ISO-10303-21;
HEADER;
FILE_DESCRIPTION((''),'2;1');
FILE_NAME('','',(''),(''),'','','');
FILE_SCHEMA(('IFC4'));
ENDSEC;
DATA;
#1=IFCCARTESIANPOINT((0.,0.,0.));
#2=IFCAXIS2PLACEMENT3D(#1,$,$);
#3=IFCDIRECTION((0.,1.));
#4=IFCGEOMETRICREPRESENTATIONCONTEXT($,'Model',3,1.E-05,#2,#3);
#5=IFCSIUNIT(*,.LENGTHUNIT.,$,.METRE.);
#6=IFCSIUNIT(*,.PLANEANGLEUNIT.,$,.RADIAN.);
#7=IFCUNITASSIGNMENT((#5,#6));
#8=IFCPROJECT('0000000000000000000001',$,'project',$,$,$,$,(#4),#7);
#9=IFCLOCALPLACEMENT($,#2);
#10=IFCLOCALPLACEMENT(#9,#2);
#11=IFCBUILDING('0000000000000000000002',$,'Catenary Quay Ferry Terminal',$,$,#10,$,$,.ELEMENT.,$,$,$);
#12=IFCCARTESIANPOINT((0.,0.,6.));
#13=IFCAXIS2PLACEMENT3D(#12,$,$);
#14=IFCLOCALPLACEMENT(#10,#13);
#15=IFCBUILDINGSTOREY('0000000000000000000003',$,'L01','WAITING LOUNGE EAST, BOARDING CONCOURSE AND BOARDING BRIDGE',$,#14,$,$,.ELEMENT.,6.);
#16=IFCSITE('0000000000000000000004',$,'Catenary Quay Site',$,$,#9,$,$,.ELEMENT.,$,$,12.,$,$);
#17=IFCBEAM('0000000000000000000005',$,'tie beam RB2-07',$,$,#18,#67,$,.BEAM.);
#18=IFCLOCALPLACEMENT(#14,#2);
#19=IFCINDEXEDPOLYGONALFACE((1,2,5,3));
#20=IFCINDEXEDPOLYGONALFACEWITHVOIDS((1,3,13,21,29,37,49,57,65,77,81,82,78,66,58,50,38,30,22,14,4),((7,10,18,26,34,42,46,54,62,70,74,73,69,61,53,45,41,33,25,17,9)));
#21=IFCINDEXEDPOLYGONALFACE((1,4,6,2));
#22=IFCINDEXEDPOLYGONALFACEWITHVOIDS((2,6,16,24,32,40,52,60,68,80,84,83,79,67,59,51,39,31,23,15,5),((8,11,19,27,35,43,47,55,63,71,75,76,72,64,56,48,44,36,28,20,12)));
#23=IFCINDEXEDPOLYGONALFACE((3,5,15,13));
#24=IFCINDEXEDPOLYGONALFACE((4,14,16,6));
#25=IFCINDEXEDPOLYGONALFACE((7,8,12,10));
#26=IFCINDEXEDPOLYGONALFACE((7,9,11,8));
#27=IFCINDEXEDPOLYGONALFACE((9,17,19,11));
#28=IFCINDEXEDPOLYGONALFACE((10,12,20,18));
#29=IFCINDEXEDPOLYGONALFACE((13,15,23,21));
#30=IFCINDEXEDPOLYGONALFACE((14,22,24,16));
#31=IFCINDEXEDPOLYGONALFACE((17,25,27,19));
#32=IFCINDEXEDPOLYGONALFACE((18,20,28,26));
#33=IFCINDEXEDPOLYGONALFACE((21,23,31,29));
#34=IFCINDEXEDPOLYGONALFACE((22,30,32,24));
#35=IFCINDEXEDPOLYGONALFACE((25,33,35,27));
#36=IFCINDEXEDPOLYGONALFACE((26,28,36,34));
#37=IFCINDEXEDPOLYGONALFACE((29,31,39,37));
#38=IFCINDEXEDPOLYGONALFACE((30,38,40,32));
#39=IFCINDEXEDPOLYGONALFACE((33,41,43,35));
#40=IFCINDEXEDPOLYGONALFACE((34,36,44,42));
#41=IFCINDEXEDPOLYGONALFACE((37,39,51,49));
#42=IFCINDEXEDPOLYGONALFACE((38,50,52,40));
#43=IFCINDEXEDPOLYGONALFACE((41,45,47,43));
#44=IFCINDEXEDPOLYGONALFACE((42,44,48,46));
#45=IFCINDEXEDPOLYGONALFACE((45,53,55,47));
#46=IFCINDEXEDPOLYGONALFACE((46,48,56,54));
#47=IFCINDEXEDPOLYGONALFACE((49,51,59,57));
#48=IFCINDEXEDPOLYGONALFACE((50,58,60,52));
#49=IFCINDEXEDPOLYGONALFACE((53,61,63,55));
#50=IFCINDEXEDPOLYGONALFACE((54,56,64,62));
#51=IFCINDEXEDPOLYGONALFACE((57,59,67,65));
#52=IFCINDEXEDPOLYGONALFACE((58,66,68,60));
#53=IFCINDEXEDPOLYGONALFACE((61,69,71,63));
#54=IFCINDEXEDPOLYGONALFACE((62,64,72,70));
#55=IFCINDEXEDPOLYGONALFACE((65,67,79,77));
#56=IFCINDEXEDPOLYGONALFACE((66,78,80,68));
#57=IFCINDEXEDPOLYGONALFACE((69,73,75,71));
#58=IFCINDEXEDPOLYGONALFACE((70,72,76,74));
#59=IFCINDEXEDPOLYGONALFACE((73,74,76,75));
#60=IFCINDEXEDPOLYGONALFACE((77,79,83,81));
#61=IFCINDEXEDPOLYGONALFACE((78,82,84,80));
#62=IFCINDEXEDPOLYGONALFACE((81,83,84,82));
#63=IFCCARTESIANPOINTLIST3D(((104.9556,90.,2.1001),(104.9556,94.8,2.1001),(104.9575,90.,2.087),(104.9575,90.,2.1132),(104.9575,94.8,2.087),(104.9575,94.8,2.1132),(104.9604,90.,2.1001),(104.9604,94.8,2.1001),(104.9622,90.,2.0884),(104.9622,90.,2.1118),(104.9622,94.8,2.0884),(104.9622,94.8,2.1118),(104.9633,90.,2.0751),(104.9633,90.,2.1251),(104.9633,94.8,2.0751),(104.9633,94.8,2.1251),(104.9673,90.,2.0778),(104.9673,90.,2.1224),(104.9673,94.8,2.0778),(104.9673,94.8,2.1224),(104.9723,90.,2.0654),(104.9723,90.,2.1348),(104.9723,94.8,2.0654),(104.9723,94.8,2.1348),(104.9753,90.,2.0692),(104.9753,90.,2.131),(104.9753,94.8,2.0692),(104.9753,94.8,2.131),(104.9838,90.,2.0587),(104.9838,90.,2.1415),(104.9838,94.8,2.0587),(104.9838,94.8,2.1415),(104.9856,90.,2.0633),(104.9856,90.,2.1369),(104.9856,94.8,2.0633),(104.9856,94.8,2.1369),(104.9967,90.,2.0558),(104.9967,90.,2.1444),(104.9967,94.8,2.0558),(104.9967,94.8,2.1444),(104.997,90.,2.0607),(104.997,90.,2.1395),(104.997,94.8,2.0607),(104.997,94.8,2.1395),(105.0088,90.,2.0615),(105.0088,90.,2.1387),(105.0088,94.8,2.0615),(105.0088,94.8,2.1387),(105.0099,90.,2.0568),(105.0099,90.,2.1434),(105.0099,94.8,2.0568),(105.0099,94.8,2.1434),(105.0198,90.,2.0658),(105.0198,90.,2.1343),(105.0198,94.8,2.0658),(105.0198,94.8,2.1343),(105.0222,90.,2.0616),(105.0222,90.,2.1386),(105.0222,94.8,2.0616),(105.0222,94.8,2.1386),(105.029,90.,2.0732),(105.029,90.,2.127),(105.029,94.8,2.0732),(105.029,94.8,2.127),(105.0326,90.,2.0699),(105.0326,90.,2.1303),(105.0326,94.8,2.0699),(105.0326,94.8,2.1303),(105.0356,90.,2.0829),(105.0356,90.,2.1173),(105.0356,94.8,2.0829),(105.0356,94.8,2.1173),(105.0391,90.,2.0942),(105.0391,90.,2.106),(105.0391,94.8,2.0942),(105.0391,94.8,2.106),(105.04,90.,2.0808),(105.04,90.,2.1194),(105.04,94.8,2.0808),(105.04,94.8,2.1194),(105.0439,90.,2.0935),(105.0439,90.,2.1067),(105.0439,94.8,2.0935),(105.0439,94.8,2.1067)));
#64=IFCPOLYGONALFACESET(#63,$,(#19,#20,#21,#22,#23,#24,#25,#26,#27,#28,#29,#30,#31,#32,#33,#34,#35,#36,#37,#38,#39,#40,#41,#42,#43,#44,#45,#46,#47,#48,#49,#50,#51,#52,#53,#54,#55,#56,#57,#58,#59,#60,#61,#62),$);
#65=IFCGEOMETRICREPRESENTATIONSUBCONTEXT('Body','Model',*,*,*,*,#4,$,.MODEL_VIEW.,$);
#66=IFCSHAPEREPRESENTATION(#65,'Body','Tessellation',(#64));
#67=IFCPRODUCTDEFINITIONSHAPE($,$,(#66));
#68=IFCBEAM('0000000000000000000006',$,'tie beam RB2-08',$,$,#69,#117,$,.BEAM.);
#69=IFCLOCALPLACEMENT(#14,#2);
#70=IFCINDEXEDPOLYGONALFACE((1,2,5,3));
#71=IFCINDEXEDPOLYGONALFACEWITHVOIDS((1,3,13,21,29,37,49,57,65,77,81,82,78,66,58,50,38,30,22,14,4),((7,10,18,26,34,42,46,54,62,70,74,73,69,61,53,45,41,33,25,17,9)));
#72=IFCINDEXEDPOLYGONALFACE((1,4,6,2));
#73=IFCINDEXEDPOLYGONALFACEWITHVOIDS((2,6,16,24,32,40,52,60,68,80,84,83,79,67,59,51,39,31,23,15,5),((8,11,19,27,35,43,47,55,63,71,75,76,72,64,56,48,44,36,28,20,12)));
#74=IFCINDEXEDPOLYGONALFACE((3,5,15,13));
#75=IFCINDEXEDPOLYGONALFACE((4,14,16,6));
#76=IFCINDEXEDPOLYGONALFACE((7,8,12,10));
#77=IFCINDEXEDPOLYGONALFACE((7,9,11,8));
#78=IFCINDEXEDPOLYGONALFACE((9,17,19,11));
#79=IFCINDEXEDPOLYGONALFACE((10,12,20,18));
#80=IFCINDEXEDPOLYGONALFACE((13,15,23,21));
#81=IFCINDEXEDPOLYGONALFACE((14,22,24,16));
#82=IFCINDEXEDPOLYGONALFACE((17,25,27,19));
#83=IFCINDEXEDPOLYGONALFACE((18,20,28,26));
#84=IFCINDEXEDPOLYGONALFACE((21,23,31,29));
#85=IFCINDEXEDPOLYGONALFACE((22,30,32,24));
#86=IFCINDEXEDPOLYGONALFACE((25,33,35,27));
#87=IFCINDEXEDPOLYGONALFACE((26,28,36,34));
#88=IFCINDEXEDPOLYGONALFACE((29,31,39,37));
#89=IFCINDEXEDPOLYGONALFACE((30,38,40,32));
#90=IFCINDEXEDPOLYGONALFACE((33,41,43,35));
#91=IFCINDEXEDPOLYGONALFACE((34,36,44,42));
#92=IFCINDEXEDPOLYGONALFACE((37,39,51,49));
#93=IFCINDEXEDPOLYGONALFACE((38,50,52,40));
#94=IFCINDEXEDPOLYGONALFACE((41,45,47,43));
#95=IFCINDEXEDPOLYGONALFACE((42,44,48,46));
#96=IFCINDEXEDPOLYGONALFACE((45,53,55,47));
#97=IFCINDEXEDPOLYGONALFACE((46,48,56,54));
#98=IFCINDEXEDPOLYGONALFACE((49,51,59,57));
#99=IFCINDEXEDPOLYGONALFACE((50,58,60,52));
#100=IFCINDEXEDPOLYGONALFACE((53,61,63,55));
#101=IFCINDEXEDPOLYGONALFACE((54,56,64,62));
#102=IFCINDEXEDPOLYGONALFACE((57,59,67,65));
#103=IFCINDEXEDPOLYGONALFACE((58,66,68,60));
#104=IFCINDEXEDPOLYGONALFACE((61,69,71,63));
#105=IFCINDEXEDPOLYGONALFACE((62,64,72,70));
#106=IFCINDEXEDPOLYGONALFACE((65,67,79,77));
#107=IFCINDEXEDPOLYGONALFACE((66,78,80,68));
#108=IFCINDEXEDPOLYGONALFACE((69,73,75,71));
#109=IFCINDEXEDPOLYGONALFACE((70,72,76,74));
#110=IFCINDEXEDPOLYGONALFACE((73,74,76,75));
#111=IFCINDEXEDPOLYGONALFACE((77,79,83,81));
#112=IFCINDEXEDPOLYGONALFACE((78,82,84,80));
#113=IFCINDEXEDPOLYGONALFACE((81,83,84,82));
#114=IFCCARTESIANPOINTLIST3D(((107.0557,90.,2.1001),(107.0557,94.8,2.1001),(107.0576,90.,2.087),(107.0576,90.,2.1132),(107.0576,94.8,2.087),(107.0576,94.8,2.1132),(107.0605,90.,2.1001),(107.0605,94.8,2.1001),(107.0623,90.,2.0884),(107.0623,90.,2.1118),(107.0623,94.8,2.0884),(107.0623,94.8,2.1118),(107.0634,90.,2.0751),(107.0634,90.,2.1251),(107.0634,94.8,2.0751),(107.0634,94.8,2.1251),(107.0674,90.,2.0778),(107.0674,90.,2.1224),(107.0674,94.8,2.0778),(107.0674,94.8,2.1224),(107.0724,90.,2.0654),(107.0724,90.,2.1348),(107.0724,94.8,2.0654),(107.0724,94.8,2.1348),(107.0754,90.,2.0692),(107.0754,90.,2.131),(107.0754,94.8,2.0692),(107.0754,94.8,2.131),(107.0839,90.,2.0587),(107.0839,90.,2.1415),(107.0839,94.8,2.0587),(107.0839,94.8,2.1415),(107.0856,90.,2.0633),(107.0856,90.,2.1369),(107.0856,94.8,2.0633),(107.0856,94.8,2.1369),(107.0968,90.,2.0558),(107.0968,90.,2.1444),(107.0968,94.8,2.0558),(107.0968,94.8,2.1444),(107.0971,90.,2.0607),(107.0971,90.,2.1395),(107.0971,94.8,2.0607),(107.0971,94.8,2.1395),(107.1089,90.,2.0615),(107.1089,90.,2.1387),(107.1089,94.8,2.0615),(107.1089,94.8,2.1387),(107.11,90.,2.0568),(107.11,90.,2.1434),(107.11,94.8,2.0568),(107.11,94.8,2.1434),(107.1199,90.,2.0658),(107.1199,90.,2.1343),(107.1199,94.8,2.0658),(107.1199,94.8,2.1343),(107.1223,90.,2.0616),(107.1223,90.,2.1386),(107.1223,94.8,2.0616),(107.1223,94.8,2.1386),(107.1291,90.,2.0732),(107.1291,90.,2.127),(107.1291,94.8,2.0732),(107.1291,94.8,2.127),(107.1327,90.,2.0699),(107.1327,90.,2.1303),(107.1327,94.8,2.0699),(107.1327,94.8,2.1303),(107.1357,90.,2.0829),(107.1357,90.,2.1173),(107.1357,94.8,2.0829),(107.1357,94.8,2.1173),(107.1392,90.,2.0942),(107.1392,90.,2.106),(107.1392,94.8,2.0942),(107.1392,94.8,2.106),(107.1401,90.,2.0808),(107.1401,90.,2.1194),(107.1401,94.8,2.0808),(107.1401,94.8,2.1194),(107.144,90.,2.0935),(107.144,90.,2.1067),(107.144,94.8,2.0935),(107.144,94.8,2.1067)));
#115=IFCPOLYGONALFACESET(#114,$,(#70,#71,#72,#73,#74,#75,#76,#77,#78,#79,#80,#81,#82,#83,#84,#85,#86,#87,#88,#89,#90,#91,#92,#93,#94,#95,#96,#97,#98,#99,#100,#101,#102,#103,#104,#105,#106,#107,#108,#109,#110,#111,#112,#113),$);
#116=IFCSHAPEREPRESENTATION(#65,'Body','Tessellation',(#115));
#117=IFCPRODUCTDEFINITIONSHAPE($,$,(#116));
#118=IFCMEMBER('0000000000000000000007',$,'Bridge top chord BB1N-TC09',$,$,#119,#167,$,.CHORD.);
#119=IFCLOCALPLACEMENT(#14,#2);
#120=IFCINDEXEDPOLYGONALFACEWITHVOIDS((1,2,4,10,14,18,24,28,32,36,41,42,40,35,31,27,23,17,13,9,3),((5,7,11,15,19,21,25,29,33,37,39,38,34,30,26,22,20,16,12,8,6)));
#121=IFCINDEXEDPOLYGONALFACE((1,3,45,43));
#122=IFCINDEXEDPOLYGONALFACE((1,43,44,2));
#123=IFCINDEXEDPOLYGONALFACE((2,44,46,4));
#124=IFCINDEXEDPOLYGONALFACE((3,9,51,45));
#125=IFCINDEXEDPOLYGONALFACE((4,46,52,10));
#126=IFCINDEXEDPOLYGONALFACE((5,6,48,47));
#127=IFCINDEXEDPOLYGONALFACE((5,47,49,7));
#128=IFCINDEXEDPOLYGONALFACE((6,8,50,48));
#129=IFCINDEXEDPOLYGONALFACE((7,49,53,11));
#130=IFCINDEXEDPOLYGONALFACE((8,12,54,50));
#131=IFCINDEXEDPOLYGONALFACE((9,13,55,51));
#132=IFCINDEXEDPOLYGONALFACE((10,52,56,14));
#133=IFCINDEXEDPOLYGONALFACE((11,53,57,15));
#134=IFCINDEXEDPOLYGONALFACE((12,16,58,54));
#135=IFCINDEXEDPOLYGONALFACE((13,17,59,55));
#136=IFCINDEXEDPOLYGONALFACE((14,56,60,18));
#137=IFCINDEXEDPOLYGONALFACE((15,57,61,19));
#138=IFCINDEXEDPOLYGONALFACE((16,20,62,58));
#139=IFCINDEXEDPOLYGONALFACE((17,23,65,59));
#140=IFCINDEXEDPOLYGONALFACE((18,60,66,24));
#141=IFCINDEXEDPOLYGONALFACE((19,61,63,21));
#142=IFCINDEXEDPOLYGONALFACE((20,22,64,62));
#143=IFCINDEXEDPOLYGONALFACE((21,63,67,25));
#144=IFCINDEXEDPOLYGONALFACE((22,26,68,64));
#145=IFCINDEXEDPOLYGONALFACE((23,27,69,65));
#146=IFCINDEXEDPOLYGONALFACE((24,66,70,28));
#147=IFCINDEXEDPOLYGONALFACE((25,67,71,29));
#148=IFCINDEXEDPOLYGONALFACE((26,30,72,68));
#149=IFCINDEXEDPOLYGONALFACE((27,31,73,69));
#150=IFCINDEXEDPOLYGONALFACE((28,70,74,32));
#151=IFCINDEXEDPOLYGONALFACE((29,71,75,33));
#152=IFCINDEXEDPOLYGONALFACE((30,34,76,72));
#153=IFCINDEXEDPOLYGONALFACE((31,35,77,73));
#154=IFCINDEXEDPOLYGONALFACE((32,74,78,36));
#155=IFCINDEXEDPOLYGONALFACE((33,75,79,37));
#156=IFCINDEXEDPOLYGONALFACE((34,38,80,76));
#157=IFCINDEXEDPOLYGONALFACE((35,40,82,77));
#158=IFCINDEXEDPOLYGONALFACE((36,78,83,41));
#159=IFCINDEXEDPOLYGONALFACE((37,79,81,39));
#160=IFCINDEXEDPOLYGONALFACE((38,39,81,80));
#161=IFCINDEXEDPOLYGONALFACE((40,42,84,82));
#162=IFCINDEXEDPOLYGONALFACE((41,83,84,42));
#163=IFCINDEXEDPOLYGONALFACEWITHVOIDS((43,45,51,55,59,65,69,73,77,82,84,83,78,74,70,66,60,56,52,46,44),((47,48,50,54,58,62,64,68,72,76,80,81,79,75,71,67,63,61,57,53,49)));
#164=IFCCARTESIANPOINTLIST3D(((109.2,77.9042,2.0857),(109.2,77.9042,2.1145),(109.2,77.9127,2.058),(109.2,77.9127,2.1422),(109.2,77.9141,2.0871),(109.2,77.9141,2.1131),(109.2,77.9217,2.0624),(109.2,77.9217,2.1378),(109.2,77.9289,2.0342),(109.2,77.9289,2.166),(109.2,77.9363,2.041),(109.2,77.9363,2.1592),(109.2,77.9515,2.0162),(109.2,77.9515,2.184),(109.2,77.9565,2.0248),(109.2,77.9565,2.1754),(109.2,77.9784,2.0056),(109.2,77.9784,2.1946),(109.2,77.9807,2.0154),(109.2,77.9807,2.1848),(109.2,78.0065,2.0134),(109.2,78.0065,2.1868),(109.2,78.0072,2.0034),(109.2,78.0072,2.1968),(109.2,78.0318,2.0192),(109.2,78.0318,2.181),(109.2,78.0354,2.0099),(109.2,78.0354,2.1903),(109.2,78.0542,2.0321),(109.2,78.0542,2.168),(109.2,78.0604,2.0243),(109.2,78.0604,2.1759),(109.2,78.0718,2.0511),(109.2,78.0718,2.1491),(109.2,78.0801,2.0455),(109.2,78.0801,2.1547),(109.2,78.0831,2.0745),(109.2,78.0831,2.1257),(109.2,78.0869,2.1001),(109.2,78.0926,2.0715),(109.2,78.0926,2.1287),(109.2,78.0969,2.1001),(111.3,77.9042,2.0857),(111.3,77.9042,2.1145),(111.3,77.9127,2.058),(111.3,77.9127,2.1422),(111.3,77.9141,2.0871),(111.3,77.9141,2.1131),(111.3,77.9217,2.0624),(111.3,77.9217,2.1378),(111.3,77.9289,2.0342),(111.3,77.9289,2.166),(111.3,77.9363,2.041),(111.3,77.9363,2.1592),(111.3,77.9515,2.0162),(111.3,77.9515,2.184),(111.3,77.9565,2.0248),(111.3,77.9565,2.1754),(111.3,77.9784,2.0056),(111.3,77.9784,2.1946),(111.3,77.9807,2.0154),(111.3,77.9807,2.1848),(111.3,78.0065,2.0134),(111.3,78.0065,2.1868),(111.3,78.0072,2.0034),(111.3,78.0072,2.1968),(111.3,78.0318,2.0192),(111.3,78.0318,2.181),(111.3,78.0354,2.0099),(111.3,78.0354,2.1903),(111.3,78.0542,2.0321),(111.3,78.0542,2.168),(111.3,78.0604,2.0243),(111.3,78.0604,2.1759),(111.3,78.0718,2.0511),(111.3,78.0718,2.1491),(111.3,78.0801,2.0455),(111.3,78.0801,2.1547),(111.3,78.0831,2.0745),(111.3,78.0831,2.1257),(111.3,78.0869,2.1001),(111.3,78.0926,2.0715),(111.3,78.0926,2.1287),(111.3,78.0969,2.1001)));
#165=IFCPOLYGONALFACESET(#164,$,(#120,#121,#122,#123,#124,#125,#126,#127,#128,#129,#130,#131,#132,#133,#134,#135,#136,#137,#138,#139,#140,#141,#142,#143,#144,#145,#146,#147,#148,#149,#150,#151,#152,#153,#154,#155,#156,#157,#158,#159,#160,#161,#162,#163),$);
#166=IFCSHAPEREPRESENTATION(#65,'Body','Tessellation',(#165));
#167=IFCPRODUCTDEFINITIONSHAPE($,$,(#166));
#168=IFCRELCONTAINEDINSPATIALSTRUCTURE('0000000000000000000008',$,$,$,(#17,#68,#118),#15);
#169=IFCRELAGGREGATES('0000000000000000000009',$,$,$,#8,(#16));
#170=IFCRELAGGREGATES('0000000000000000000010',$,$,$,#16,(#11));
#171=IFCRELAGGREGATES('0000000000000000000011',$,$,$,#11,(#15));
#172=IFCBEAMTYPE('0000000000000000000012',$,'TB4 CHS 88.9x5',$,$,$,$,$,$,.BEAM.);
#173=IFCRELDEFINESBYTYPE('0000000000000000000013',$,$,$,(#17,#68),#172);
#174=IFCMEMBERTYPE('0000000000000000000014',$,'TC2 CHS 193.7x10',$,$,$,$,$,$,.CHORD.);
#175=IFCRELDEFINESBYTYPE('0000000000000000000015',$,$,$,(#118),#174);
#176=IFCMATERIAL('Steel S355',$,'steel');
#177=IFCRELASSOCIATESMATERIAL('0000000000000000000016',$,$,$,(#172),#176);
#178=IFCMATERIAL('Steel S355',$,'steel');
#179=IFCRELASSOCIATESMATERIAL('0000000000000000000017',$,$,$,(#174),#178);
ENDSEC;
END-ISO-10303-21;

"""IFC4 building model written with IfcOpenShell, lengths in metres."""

from ifc_helpers import new_model, si_unit, direction, frame, origin, origin_2d, place, context, subcontext, project, spatial, hollow_circle, extrude, material, material_profile, profile_set, type_object, element, save


model = new_model("IFC4")

# Units and contexts
model_context = context("Model", 3, precision=1e-05, world=origin(), true_north=direction((0.0, 1.0)))
body_context = subcontext(model_context, "Body", "Model", "MODEL_VIEW")
ifc_project = project(units=[si_unit("LENGTHUNIT", "METRE"), si_unit("PLANEANGLEUNIT", "RADIAN")], contexts=[model_context])

# Site, building, storey
site_placement = place(None, origin())
site = spatial("IfcSite", under=ifc_project, at=site_placement, Name="Catenary Quay Site", CompositionType="ELEMENT", RefElevation=12.0)
building_placement = place(site_placement, origin())
building = spatial("IfcBuilding", under=site, at=building_placement, Name="Catenary Quay Ferry Terminal", CompositionType="ELEMENT")
storey_placement = place(building_placement, frame((0.0, 0.0, 6.0)))
storey = spatial("IfcBuildingStorey", under=building, at=storey_placement, Name="L01", Description="WAITING LOUNGE EAST, BOARDING CONCOURSE AND BOARDING BRIDGE", CompositionType="ELEMENT", Elevation=6.0)

# Beams
ifc_material_1 = material(Name="Steel S355", Category="steel")
ifc_material_profile_1 = material_profile(ifc_material_1, hollow_circle(Radius=0.0444, WallThickness=0.0049, at=origin_2d()), Name="CHS 88.9x5")
ifc_profile_set_1 = profile_set([ifc_material_profile_1], Name="Steel S355")
beam_type_1 = type_object("IfcBeamType", Name="TB4 CHS 88.9x5", PredefinedType="BEAM", material=ifc_profile_set_1)
for number, where, z_axis, x_axis, name in (
    (1, (105.0, 90.0, 2.1001), (0.0, 1.0, 0.0), (-1.0, 0.0, 0.0), "tie beam RB2-07"),
    (2, (107.1001, 90.0, 2.1001), (0.0, 1.0, 0.0), (-1.0, 0.0, 0.0), "tie beam RB2-08"),
):
    element("IfcBeam", number, at=place(storey_placement, frame(where, z_axis=z_axis, x_axis=x_axis)), inside=storey, type_object=beam_type_1, Name=name, PredefinedType="BEAM", context=body_context, shape_type="SweptSolid", body=[
        extrude(hollow_circle(Radius=0.0444, WallThickness=0.0049, at=origin_2d()), origin(), (0.0, 0.0, 1.0), 4.8),
    ])

# Member
ifc_material_2 = material(Name="Steel S355", Category="steel")
ifc_material_profile_2 = material_profile(ifc_material_2, hollow_circle(Radius=0.0969, WallThickness=0.01, at=origin_2d()), Name="CHS 193.7x10")
ifc_profile_set_2 = profile_set([ifc_material_profile_2], Name="Steel S355")
member_type_1 = type_object("IfcMemberType", Name="TC2 CHS 193.7x10", PredefinedType="CHORD", material=ifc_profile_set_2)
member_1_placement = place(storey_placement, frame((109.2, 78.0, 2.1001), z_axis=(1.0, 0.0, 0.0), x_axis=(0.0, 1.0, 0.0)))
element("IfcMember", 3, at=member_1_placement, inside=storey, type_object=member_type_1, Name="Bridge top chord BB1N-TC09", PredefinedType="CHORD", context=body_context, shape_type="SweptSolid", body=[
    extrude(hollow_circle(Radius=0.0969, WallThickness=0.01, at=origin_2d()), origin(), (0.0, 0.0, 1.0), 2.1001),
])

save(model, "model.ifc")
